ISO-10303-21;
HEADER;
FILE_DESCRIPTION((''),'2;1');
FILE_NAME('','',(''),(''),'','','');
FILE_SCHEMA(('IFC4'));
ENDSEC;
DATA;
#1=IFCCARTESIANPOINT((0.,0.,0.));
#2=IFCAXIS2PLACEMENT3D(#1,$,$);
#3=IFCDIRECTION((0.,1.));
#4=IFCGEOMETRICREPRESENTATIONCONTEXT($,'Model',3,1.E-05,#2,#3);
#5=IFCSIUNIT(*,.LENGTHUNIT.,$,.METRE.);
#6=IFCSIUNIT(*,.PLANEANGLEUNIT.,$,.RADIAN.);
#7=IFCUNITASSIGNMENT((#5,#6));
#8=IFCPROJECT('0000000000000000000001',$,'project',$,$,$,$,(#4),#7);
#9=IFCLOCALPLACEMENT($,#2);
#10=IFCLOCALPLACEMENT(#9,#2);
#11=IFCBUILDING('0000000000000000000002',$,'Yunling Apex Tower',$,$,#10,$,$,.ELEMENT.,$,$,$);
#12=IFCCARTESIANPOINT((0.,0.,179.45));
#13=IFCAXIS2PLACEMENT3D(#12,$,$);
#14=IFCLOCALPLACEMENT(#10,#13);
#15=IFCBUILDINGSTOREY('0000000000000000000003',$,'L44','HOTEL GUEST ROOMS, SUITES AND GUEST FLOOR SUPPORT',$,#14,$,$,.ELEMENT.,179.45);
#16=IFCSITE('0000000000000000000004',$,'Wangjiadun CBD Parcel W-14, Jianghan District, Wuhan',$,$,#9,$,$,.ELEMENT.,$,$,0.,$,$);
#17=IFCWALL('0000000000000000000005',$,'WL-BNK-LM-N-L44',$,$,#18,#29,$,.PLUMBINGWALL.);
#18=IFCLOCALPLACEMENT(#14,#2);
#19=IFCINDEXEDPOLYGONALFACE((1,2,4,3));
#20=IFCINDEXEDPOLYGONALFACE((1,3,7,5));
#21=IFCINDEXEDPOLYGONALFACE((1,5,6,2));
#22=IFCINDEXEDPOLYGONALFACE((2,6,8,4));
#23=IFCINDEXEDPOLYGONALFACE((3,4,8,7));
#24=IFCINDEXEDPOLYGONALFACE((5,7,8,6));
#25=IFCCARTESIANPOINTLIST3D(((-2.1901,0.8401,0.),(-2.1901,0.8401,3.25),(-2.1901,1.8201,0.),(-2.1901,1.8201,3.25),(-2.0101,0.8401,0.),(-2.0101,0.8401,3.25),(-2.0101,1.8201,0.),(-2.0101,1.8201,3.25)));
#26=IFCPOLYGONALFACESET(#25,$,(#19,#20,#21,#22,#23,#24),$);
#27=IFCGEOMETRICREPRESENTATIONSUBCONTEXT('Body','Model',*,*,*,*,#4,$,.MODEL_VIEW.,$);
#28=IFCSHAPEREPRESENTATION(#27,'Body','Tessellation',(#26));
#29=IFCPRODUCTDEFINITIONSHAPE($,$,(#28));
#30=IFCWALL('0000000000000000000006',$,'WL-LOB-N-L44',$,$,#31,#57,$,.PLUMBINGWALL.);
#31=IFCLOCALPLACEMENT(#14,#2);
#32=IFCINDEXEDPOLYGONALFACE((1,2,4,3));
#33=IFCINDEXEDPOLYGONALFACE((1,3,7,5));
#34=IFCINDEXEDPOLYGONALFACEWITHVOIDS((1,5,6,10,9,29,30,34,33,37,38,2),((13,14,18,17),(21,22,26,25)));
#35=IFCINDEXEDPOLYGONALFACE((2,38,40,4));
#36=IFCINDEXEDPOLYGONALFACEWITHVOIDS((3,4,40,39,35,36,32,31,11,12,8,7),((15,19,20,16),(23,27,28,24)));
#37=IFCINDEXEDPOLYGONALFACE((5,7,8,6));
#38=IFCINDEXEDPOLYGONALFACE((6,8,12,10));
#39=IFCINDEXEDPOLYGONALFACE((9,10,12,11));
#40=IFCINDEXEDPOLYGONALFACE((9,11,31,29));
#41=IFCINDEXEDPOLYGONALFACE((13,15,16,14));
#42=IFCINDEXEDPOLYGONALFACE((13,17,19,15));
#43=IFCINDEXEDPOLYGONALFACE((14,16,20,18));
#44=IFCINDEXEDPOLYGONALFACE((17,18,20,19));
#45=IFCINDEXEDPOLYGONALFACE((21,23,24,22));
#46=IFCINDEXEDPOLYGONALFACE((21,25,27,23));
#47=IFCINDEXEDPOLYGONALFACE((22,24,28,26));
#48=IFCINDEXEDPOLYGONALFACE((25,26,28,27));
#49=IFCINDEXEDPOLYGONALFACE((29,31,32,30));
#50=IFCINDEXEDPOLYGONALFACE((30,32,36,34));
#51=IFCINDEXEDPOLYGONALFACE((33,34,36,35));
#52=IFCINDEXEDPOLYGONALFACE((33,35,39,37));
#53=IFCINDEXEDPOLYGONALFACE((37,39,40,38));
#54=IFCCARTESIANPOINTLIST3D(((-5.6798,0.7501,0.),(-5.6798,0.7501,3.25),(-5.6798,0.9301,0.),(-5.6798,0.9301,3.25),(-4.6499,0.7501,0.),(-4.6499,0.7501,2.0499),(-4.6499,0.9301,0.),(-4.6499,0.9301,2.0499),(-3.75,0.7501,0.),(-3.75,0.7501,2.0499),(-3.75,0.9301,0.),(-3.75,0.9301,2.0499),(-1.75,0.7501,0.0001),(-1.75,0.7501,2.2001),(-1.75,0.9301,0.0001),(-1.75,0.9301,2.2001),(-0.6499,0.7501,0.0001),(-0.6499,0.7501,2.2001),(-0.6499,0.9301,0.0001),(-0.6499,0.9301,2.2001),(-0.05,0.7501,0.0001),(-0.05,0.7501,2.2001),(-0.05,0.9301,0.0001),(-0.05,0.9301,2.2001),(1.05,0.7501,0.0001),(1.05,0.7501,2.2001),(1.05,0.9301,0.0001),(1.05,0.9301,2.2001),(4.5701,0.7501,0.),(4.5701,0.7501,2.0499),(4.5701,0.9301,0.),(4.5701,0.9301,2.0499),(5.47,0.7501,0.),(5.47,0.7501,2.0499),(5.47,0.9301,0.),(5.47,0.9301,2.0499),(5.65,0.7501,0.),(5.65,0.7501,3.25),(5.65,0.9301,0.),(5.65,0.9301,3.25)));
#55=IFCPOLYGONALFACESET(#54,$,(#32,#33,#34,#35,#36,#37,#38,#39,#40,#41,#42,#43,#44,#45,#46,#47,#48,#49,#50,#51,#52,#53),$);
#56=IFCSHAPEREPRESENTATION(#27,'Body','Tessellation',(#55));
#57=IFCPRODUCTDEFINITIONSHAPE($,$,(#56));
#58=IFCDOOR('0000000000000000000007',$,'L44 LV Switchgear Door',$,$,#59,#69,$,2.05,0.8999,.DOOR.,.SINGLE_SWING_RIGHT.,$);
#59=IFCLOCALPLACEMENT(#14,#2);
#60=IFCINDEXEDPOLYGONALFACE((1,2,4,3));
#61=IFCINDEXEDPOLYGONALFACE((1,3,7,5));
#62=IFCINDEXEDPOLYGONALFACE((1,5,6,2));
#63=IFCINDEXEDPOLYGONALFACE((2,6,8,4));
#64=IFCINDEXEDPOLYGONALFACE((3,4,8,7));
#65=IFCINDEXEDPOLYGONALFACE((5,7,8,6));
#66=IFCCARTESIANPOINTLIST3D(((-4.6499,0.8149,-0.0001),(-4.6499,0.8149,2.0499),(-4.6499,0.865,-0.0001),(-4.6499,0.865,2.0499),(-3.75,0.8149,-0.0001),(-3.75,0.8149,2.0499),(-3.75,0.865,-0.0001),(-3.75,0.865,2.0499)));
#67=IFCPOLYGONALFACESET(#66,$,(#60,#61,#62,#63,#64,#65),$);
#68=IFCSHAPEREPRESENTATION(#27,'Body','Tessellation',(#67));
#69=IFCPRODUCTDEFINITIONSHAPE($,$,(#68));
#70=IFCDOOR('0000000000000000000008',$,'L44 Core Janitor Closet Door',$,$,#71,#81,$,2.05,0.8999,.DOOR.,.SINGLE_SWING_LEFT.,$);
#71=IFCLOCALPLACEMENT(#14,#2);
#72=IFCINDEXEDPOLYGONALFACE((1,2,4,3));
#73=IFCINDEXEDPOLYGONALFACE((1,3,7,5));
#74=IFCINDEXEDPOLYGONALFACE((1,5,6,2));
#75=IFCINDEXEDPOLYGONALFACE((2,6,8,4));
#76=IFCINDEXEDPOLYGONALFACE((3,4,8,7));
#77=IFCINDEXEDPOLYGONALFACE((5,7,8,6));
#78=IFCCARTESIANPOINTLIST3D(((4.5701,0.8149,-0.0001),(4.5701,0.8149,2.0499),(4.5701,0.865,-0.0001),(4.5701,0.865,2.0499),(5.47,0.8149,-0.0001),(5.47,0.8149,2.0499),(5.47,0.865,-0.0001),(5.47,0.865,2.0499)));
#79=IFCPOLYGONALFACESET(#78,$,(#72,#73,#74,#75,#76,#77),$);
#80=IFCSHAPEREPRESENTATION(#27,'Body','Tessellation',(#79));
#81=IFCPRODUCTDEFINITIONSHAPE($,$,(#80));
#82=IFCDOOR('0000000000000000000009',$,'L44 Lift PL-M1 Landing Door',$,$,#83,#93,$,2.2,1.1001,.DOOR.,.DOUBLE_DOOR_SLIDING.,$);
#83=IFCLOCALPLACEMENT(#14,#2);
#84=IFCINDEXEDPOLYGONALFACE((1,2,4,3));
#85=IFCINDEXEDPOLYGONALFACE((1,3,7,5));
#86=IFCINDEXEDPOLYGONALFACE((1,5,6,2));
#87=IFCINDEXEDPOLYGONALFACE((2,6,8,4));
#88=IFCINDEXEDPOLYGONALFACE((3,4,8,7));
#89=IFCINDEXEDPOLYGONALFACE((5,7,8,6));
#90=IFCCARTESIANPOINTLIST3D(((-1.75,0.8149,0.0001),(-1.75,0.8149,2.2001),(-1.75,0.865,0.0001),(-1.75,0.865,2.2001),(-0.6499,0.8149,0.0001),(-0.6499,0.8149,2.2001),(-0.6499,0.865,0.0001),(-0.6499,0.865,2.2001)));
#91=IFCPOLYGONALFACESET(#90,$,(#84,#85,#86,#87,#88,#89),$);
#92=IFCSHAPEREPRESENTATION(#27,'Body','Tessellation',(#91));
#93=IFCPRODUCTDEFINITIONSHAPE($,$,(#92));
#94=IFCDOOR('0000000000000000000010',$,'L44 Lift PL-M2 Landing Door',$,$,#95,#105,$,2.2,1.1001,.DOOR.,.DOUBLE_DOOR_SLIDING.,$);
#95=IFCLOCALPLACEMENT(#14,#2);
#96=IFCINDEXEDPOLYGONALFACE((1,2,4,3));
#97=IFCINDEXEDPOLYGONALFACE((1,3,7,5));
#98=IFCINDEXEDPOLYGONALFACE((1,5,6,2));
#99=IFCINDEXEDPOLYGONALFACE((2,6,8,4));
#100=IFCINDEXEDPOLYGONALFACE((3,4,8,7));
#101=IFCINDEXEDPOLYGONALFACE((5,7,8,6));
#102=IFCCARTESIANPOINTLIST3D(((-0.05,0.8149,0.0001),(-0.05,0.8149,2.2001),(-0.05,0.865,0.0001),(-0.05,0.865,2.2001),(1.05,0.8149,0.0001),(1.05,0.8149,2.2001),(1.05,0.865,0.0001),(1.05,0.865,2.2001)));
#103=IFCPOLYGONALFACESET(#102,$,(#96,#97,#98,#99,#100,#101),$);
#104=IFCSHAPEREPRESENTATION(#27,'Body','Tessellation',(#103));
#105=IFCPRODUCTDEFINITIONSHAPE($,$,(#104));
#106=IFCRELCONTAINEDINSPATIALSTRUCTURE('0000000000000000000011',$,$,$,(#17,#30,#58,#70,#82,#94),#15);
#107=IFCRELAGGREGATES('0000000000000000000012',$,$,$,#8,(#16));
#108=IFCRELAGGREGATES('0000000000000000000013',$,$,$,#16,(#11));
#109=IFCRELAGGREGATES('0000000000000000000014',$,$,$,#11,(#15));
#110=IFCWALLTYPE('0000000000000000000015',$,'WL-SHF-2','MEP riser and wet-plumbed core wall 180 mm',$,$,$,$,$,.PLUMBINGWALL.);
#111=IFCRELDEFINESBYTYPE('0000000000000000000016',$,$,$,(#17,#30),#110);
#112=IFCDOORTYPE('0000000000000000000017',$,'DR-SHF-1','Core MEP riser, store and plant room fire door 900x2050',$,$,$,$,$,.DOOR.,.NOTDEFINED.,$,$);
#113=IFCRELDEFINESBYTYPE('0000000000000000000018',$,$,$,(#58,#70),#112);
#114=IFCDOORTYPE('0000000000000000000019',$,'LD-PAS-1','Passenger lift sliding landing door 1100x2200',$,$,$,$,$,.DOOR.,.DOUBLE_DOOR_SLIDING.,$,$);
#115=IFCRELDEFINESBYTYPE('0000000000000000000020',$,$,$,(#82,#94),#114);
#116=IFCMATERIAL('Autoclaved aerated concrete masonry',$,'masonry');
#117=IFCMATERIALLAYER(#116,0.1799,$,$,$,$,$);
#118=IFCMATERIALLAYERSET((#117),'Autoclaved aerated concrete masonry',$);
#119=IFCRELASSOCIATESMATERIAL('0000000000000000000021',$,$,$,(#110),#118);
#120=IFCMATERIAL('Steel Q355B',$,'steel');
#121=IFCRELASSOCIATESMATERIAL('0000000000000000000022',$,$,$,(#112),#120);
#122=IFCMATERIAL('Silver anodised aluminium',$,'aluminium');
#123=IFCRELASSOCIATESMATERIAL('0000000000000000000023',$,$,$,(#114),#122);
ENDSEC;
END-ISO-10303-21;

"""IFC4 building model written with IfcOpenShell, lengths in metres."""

from ifc_helpers import new_model, si_unit, direction, frame, frame_2d, origin, place, context, subcontext, project, spatial, rectangle, extrude, material, layer, layer_set, type_object, element, fill, save


model = new_model("IFC4")

# Units and contexts
model_context = context("Model", 3, precision=1e-05, world=origin(), true_north=direction((0.0, 1.0)))
body_context = subcontext(model_context, "Body", "Model", "MODEL_VIEW")
ifc_project = project(units=[si_unit("LENGTHUNIT", "METRE"), si_unit("PLANEANGLEUNIT", "RADIAN")], contexts=[model_context])

# Site, building, storey
site_placement = place(None, origin())
site = spatial("IfcSite", under=ifc_project, at=site_placement, Name="Wangjiadun CBD Parcel W-14, Jianghan District, Wuhan", CompositionType="ELEMENT", RefElevation=0.0)
building_placement = place(site_placement, origin())
building = spatial("IfcBuilding", under=site, at=building_placement, Name="Yunling Apex Tower", CompositionType="ELEMENT")
storey_placement = place(building_placement, frame((0.0, 0.0, 179.45)))
storey = spatial("IfcBuildingStorey", under=building, at=storey_placement, Name="L44", Description="HOTEL GUEST ROOMS, SUITES AND GUEST FLOOR SUPPORT", CompositionType="ELEMENT", Elevation=179.45)

# Shared definitions
ifc_material_1 = material(Name="Steel Q355B", Category="steel")

# Shared definitions
ifc_material_2 = material(Name="Autoclaved aerated concrete masonry", Category="masonry")

# Wall
ifc_layer_1 = layer(ifc_material_2, 0.1799)
ifc_layer_set_1 = layer_set([ifc_layer_1], Name="Autoclaved aerated concrete masonry")
wall_type_1 = type_object("IfcWallType", Name="WL-SHF-2", Description="MEP riser and wet-plumbed core wall 180 mm", PredefinedType="PLUMBINGWALL", material=ifc_layer_set_1)
wall_1_placement = place(storey_placement, frame((-2.1001, 0.8401, 0.0), z_axis=(0.0, 0.0, 1.0), x_axis=(0.0, 1.0, 0.0)))
element("IfcWall", 1, at=wall_1_placement, inside=storey, type_object=wall_type_1, Name="WL-BNK-LM-N-L44", PredefinedType="PLUMBINGWALL", context=body_context, shape_type="SweptSolid", body=[
    extrude(rectangle(XDim=0.98, YDim=0.1799, at=frame_2d((0.49, 0.0))), origin(), (0.0, 0.0, 1.0), 3.25),
])

# Wall, openings, doors
wall_2_placement = place(storey_placement, frame((-5.6799, 0.8401, 0.0), z_axis=(0.0, 0.0, 1.0), x_axis=(1.0, 0.0, 0.0)))
wall_2 = element("IfcWall", 2, at=wall_2_placement, inside=storey, type_object=wall_type_1, Name="WL-LOB-N-L44", PredefinedType="PLUMBINGWALL", context=body_context, shape_type="SweptSolid", body=[
    extrude(rectangle(XDim=11.3298, YDim=0.1799, at=frame_2d((5.665, 0.0))), origin(), (0.0, 0.0, 1.0), 3.25),
])
opening_1_placement = place(wall_2_placement, frame((1.03, 0.0, 0.0)))
opening_1 = element("IfcOpeningElement", 3, at=opening_1_placement, cuts=wall_2, PredefinedType="OPENING", context=body_context, shape_type="SweptSolid", body=[
    extrude(rectangle(XDim=0.8999, YDim=2.05, at=frame_2d((0.45, 1.0249))), frame((0.0, 0.1001, 0.0), z_axis=(0.0, -1.0, 0.0), x_axis=(1.0, 0.0, 0.0)), (0.0, 0.0, 1.0), 0.2),
])
opening_2_placement = place(wall_2_placement, frame((3.9299, 0.0, 0.0)))
opening_2 = element("IfcOpeningElement", 4, at=opening_2_placement, cuts=wall_2, PredefinedType="OPENING", context=body_context, shape_type="SweptSolid", body=[
    extrude(rectangle(XDim=1.1001, YDim=2.2, at=frame_2d((0.55, 1.1001))), frame((0.0, 0.1001, 0.0), z_axis=(0.0, -1.0, 0.0), x_axis=(1.0, 0.0, 0.0)), (0.0, 0.0, 1.0), 0.2),
])
opening_3_placement = place(wall_2_placement, frame((5.6299, 0.0, 0.0)))
opening_3 = element("IfcOpeningElement", 5, at=opening_3_placement, cuts=wall_2, PredefinedType="OPENING", context=body_context, shape_type="SweptSolid", body=[
    extrude(rectangle(XDim=1.1001, YDim=2.2, at=frame_2d((0.55, 1.1001))), frame((0.0, 0.1001, 0.0), z_axis=(0.0, -1.0, 0.0), x_axis=(1.0, 0.0, 0.0)), (0.0, 0.0, 1.0), 0.2),
])
opening_4_placement = place(wall_2_placement, frame((10.25, 0.0, 0.0)))
opening_4 = element("IfcOpeningElement", 6, at=opening_4_placement, cuts=wall_2, PredefinedType="OPENING", context=body_context, shape_type="SweptSolid", body=[
    extrude(rectangle(XDim=0.8999, YDim=2.05, at=frame_2d((0.45, 1.0249))), frame((0.0, 0.1001, 0.0), z_axis=(0.0, -1.0, 0.0), x_axis=(1.0, 0.0, 0.0)), (0.0, 0.0, 1.0), 0.2),
])
door_type_1 = type_object("IfcDoorType", Name="DR-SHF-1", Description="Core MEP riser, store and plant room fire door 900x2050", OperationType="NOTDEFINED", PredefinedType="DOOR", material=ifc_material_1)
door_1_placement = place(opening_1_placement, origin())
door_1 = element("IfcDoor", 7, at=door_1_placement, inside=storey, type_object=door_type_1, Name="L44 LV Switchgear Door", OperationType="SINGLE_SWING_RIGHT", OverallHeight=2.05, OverallWidth=0.8999, PredefinedType="DOOR", context=body_context, shape_type="SweptSolid", body=[
    extrude(rectangle(XDim=0.8999, YDim=2.05, at=frame_2d((0.45, 1.0249))), frame((0.0, 0.0249, 0.0), z_axis=(0.0, -1.0, 0.0), x_axis=(1.0, 0.0, 0.0)), (0.0, 0.0, 1.0), 0.05),
])
fill(opening_1, door_1)
door_2_placement = place(opening_4_placement, origin())
door_2 = element("IfcDoor", 8, at=door_2_placement, inside=storey, type_object=door_type_1, Name="L44 Core Janitor Closet Door", OperationType="SINGLE_SWING_LEFT", OverallHeight=2.05, OverallWidth=0.8999, PredefinedType="DOOR", context=body_context, shape_type="SweptSolid", body=[
    extrude(rectangle(XDim=0.8999, YDim=2.05, at=frame_2d((0.45, 1.0249))), frame((0.0, 0.0249, 0.0), z_axis=(0.0, -1.0, 0.0), x_axis=(1.0, 0.0, 0.0)), (0.0, 0.0, 1.0), 0.05),
])
fill(opening_4, door_2)
ifc_material_3 = material(Name="Silver anodised aluminium", Category="aluminium")
door_type_2 = type_object("IfcDoorType", Name="LD-PAS-1", Description="Passenger lift sliding landing door 1100x2200", OperationType="DOUBLE_DOOR_SLIDING", PredefinedType="DOOR", material=ifc_material_3)
door_3_placement = place(opening_2_placement, origin())
door_3 = element("IfcDoor", 9, at=door_3_placement, inside=storey, type_object=door_type_2, Name="L44 Lift PL-M1 Landing Door", OperationType="DOUBLE_DOOR_SLIDING", OverallHeight=2.2, OverallWidth=1.1001, PredefinedType="DOOR", context=body_context, shape_type="SweptSolid", body=[
    extrude(rectangle(XDim=1.1001, YDim=2.2, at=frame_2d((0.55, 1.1001))), frame((0.0, 0.0249, 0.0), z_axis=(0.0, -1.0, 0.0), x_axis=(1.0, 0.0, 0.0)), (0.0, 0.0, 1.0), 0.05),
])
fill(opening_2, door_3)
door_4_placement = place(opening_3_placement, origin())
door_4 = element("IfcDoor", 10, at=door_4_placement, inside=storey, type_object=door_type_2, Name="L44 Lift PL-M2 Landing Door", OperationType="DOUBLE_DOOR_SLIDING", OverallHeight=2.2, OverallWidth=1.1001, PredefinedType="DOOR", context=body_context, shape_type="SweptSolid", body=[
    extrude(rectangle(XDim=1.1001, YDim=2.2, at=frame_2d((0.55, 1.1001))), frame((0.0, 0.0249, 0.0), z_axis=(0.0, -1.0, 0.0), x_axis=(1.0, 0.0, 0.0)), (0.0, 0.0, 1.0), 0.05),
])
fill(opening_3, door_4)

save(model, "model.ifc")
